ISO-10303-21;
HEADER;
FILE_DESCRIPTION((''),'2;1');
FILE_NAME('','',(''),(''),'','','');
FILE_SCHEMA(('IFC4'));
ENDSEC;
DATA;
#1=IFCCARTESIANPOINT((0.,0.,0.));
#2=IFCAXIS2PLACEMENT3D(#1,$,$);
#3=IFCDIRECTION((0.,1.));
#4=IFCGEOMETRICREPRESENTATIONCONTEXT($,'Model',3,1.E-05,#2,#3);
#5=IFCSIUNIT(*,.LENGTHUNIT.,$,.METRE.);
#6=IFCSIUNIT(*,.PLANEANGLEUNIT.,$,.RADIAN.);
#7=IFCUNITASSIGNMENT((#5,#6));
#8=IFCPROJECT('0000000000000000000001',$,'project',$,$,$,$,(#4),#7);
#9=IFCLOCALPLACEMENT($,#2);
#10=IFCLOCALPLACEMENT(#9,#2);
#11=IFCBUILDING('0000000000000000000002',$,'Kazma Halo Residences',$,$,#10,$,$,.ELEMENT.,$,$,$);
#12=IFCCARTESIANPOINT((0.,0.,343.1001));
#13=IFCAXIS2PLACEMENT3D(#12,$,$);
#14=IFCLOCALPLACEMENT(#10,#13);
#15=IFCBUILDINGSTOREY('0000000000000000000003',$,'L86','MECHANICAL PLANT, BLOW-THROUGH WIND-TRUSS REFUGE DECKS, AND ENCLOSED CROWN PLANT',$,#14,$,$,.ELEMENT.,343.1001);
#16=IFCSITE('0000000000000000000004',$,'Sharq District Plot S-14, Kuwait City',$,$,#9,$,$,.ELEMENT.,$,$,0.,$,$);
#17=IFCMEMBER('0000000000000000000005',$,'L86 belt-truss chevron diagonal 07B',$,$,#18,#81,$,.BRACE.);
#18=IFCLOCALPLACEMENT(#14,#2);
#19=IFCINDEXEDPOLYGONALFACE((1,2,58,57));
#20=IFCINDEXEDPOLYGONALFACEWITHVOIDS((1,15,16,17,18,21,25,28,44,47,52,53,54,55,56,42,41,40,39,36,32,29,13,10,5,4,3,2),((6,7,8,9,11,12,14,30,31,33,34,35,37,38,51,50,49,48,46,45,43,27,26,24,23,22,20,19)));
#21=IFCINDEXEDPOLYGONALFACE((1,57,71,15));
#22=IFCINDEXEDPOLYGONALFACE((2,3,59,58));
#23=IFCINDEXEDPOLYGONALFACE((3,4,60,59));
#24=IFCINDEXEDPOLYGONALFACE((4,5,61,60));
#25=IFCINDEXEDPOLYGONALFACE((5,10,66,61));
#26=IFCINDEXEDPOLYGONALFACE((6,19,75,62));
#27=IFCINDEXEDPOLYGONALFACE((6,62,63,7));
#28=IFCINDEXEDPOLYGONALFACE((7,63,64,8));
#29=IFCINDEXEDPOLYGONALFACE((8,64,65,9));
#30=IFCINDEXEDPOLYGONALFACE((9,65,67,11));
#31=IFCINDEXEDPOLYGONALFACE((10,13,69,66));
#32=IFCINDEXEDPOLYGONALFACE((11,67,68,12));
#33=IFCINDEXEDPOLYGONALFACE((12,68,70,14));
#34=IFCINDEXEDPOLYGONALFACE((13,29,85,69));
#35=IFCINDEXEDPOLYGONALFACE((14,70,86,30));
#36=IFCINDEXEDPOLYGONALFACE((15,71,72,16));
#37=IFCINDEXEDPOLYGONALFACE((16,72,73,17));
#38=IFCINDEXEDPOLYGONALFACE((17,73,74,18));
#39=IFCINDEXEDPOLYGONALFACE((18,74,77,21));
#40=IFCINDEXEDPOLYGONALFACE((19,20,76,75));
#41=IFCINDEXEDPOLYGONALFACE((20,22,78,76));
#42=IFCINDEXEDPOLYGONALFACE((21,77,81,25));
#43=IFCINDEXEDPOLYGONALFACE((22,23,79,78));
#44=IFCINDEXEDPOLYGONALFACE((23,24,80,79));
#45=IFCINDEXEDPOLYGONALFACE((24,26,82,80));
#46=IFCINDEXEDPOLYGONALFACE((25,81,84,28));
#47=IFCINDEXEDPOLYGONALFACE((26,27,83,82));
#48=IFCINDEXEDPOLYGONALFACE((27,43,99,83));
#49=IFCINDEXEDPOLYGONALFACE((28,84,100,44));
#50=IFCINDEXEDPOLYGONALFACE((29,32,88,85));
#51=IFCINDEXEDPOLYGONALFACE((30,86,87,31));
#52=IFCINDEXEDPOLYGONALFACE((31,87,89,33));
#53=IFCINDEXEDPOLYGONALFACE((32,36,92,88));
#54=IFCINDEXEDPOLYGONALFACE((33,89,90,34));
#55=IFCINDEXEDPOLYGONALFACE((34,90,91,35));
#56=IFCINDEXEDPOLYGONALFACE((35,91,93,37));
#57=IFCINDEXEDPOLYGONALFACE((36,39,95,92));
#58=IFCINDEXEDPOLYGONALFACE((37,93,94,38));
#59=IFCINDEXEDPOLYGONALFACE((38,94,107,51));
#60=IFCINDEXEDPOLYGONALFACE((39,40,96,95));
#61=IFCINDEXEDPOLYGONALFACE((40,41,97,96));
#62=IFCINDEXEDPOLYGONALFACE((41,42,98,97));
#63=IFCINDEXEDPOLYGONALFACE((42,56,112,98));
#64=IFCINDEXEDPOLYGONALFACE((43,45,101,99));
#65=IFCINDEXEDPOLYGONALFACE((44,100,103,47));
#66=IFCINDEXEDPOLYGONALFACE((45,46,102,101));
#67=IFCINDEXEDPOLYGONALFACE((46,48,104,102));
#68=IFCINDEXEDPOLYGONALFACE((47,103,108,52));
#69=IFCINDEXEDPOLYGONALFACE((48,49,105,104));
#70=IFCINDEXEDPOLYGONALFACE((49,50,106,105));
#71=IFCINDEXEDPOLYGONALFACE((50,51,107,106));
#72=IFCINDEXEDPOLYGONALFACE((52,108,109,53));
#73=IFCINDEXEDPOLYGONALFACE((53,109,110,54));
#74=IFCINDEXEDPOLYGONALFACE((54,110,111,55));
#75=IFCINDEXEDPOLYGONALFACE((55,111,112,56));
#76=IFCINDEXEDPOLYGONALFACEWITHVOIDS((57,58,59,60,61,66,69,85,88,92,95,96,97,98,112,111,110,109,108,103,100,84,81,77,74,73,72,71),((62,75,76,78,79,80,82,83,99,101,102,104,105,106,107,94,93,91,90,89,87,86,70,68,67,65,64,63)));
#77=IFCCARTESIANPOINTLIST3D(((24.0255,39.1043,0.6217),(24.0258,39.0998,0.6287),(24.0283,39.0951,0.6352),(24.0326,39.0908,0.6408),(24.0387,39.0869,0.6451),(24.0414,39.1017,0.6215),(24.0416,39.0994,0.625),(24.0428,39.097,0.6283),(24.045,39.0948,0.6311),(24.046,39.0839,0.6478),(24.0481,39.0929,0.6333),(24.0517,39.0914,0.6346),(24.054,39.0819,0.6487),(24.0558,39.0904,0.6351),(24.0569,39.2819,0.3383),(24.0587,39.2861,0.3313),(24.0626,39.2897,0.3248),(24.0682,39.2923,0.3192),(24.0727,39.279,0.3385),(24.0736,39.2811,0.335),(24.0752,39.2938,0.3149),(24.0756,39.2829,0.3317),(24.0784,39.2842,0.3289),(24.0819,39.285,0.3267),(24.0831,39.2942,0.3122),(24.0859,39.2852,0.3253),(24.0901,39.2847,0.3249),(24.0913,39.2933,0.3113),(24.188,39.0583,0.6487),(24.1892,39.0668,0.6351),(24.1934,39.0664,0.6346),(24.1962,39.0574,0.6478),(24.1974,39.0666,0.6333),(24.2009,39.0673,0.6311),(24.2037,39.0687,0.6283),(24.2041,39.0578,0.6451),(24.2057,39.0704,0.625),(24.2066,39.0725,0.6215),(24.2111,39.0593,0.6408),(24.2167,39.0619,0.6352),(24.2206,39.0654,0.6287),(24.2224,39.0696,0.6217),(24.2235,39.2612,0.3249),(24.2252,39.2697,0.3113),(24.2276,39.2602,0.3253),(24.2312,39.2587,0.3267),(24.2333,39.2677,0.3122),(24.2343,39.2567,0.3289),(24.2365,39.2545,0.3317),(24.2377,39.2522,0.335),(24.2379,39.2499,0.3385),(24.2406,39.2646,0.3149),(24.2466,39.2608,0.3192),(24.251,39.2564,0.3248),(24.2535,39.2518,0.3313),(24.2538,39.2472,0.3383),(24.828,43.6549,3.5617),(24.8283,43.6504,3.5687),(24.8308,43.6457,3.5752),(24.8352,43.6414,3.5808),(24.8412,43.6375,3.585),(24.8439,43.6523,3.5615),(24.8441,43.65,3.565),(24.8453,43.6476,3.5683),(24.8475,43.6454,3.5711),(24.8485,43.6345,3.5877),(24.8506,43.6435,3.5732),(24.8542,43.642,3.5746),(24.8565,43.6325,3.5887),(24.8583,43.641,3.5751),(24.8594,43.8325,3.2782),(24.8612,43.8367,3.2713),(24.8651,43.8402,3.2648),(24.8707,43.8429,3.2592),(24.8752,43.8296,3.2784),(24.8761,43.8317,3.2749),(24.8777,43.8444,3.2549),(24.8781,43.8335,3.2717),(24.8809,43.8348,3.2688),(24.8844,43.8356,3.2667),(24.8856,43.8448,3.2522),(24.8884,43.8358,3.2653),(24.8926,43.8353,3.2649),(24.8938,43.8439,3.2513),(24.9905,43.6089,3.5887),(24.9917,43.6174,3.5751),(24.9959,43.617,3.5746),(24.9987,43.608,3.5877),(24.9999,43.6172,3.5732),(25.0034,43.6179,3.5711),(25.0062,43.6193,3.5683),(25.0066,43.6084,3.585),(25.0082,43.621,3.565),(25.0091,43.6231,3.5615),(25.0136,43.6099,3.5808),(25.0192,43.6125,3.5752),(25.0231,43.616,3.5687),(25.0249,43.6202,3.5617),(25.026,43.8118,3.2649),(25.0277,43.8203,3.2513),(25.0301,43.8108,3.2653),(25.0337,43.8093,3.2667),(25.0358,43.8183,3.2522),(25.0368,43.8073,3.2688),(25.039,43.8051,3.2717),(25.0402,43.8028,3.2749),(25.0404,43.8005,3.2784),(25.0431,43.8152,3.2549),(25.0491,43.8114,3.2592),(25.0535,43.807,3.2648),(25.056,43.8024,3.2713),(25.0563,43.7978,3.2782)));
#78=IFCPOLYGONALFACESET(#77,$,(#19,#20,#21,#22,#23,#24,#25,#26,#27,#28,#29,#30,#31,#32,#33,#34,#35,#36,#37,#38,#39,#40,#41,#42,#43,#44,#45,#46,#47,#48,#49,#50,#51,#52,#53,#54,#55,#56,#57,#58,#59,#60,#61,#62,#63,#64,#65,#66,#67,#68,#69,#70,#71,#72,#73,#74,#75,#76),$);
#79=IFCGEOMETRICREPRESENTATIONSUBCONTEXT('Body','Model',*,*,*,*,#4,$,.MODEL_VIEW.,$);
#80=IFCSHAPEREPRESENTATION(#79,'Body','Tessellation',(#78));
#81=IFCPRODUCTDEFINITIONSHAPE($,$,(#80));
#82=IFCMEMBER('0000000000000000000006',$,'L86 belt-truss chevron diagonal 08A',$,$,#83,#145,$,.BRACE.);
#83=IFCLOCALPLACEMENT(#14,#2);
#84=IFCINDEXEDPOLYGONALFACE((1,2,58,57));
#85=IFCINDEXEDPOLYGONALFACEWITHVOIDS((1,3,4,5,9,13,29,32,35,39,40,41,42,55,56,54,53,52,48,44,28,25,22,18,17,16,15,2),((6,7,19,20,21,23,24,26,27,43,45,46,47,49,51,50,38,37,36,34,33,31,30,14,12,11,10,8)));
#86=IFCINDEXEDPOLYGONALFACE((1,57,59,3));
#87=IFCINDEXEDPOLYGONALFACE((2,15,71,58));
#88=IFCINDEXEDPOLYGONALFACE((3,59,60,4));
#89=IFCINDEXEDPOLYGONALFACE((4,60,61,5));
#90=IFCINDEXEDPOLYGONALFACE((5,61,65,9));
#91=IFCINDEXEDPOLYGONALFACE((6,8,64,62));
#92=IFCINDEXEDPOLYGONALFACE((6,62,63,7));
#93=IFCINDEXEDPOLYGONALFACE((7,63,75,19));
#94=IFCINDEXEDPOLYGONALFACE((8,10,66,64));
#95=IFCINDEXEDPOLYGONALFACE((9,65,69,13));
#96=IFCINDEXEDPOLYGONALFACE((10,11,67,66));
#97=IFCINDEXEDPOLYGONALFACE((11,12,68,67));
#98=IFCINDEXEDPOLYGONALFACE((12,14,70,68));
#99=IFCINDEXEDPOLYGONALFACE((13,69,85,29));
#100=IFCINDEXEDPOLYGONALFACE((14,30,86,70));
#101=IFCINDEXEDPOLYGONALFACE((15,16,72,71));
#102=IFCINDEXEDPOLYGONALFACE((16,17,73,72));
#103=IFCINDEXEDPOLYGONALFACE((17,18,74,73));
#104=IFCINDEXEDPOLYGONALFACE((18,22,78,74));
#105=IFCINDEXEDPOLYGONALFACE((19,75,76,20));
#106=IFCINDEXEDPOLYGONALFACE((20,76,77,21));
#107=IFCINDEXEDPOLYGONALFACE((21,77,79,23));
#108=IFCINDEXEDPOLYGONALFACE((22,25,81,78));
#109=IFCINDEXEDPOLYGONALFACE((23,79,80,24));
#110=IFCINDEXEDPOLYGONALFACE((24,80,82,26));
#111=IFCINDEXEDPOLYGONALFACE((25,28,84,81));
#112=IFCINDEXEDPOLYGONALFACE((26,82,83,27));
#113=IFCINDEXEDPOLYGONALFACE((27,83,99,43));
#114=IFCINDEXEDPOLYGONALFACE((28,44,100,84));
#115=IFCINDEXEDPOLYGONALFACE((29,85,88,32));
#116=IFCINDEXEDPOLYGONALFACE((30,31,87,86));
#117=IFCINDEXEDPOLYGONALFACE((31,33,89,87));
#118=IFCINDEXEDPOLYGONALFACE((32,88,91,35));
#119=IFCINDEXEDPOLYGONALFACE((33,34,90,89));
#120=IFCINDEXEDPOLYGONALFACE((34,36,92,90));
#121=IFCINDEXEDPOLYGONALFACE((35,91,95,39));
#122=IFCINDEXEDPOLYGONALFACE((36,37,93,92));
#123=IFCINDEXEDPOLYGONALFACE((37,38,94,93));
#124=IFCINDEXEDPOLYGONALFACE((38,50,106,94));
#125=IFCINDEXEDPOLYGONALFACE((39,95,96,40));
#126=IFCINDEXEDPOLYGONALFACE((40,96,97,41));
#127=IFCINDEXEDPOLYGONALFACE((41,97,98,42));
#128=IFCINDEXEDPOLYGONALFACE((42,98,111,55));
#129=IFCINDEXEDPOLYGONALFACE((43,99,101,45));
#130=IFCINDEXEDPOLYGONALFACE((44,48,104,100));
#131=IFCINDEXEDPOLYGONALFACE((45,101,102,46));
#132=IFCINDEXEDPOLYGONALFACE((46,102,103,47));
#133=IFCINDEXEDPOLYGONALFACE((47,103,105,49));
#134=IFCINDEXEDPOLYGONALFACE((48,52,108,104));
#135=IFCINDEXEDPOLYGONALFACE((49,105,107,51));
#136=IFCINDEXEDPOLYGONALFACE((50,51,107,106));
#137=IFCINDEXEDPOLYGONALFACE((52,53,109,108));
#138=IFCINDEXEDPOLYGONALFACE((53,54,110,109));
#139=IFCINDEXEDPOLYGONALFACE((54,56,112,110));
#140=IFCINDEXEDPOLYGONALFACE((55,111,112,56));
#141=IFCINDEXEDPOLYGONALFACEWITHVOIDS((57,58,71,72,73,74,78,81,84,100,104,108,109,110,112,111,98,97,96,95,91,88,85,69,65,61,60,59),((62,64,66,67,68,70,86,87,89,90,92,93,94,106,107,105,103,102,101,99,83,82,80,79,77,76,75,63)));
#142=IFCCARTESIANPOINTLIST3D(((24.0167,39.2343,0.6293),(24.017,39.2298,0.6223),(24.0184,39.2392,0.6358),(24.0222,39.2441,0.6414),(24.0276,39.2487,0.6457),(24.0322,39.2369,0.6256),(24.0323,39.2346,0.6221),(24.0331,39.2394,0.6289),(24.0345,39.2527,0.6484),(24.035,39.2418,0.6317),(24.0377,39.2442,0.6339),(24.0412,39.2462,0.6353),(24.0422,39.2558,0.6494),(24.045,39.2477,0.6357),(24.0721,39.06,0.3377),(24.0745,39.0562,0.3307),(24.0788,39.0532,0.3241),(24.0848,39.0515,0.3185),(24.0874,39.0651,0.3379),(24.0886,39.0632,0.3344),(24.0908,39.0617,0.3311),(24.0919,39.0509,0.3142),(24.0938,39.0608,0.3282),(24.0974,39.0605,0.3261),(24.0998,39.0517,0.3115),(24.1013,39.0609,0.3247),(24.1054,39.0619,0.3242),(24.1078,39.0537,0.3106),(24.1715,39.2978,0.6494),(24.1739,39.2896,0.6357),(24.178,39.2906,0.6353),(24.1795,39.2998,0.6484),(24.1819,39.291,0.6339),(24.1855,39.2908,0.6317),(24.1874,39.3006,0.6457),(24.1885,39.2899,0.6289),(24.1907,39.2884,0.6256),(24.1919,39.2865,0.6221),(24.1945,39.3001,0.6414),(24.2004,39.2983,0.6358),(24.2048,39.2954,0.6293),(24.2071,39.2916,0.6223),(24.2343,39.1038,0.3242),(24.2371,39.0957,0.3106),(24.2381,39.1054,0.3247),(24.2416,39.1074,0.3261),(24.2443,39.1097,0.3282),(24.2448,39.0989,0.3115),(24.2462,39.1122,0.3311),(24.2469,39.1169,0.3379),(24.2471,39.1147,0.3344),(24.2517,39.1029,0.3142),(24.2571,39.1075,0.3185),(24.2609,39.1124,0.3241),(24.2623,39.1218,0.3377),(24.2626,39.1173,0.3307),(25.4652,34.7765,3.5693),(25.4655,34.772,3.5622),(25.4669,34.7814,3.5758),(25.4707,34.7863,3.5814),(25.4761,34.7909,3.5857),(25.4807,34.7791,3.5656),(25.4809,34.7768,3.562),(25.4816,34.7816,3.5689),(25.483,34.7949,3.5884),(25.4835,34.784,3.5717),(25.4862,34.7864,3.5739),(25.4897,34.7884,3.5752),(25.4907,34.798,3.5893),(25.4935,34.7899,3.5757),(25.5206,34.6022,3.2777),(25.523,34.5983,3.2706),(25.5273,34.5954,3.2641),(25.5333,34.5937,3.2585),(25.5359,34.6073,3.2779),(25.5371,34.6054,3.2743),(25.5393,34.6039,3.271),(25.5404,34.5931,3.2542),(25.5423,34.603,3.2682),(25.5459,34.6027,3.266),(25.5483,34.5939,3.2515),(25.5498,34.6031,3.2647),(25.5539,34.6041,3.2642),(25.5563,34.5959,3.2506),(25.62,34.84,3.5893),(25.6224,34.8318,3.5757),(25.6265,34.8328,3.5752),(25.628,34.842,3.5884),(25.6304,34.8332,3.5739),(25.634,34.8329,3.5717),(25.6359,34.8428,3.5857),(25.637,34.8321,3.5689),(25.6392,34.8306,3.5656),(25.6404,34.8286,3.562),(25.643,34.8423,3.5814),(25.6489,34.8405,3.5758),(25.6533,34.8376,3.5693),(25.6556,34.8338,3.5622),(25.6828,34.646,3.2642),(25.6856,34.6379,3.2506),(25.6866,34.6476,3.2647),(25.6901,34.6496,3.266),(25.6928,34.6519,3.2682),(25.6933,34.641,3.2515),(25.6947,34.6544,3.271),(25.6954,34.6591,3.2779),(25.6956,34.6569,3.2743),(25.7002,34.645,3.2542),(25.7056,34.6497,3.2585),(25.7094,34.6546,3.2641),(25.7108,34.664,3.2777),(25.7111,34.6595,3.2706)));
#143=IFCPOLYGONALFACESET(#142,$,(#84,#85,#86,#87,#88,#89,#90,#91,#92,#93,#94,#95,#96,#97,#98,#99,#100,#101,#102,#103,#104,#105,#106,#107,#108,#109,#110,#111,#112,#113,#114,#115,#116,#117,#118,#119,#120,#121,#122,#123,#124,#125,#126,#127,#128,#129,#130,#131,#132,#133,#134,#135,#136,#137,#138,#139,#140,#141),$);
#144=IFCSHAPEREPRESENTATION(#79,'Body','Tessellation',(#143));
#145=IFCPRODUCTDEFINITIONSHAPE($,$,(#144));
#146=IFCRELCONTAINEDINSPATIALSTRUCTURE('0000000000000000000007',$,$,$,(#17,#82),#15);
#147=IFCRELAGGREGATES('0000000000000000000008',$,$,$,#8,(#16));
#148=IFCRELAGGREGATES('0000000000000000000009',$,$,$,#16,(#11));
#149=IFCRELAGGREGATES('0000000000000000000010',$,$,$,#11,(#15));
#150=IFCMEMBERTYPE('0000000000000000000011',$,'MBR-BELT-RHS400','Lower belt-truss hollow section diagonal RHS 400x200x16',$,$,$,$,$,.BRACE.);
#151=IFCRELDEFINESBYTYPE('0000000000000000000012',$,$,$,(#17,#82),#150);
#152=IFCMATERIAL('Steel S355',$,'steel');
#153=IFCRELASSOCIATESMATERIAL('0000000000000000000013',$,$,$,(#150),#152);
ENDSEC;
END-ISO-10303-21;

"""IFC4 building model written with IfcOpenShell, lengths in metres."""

from ifc_helpers import new_model, si_unit, direction, frame, origin, origin_2d, place, context, subcontext, project, spatial, hollow_rectangle, extrude, material, material_profile, profile_set, type_object, element, save


model = new_model("IFC4")

# Units and contexts
model_context = context("Model", 3, precision=1e-05, world=origin(), true_north=direction((0.0, 1.0)))
body_context = subcontext(model_context, "Body", "Model", "MODEL_VIEW")
ifc_project = project(units=[si_unit("LENGTHUNIT", "METRE"), si_unit("PLANEANGLEUNIT", "RADIAN")], contexts=[model_context])

# Site, building, storey
site_placement = place(None, origin())
site = spatial("IfcSite", under=ifc_project, at=site_placement, Name="Sharq District Plot S-14, Kuwait City", CompositionType="ELEMENT", RefElevation=0.0)
building_placement = place(site_placement, origin())
building = spatial("IfcBuilding", under=site, at=building_placement, Name="Kazma Halo Residences", CompositionType="ELEMENT")
storey_placement = place(building_placement, frame((0.0, 0.0, 343.1001)))
storey = spatial("IfcBuildingStorey", under=building, at=storey_placement, Name="L86", Description="MECHANICAL PLANT, BLOW-THROUGH WIND-TRUSS REFUGE DECKS, AND ENCLOSED CROWN PLANT", CompositionType="ELEMENT", Elevation=343.1001)

# Shared definitions
ifc_material_1 = material(Name="Steel S355", Category="steel")

# Members
ifc_material_profile_1 = material_profile(ifc_material_1, hollow_rectangle(XDim=0.2, YDim=0.3999, WallThickness=0.0161, InnerFilletRadius=0.0161, OuterFilletRadius=0.032, at=origin_2d()), Name="RHS400x200x16")
ifc_profile_set_1 = profile_set([ifc_material_profile_1], Name="Steel S355")
member_type_1 = type_object("IfcMemberType", Name="MBR-BELT-RHS400", Description="Lower belt-truss hollow section diagonal RHS 400x200x16", PredefinedType="BRACE", material=ifc_profile_set_1)
member_1_placement = place(storey_placement, frame((24.1396, 39.1758, 0.48), z_axis=(0.146527, 0.830885, 0.536805), x_axis=(-0.984804, 0.173671, 0.0)))
element("IfcMember", 1, at=member_1_placement, inside=storey, type_object=member_type_1, Name="L86 belt-truss chevron diagonal 07B", PredefinedType="BRACE", context=body_context, shape_type="SweptSolid", body=[
    extrude(hollow_rectangle(XDim=0.2, YDim=0.3999, WallThickness=0.0161, InnerFilletRadius=0.0161, OuterFilletRadius=0.032, at=origin_2d()), origin(), (0.0, 0.0, 1.0), 5.4768),
])
member_2_placement = place(storey_placement, frame((24.1396, 39.1758, 0.48), z_axis=(0.261795, -0.805682, 0.531356), x_axis=(0.951052, 0.309031, 0.0)))
element("IfcMember", 2, at=member_2_placement, inside=storey, type_object=member_type_1, Name="L86 belt-truss chevron diagonal 08A", PredefinedType="BRACE", context=body_context, shape_type="SweptSolid", body=[
    extrude(hollow_rectangle(XDim=0.2, YDim=0.3999, WallThickness=0.0161, InnerFilletRadius=0.0161, OuterFilletRadius=0.032, at=origin_2d()), origin(), (0.0, 0.0, 1.0), 5.533),
])

save(model, "model.ifc")
